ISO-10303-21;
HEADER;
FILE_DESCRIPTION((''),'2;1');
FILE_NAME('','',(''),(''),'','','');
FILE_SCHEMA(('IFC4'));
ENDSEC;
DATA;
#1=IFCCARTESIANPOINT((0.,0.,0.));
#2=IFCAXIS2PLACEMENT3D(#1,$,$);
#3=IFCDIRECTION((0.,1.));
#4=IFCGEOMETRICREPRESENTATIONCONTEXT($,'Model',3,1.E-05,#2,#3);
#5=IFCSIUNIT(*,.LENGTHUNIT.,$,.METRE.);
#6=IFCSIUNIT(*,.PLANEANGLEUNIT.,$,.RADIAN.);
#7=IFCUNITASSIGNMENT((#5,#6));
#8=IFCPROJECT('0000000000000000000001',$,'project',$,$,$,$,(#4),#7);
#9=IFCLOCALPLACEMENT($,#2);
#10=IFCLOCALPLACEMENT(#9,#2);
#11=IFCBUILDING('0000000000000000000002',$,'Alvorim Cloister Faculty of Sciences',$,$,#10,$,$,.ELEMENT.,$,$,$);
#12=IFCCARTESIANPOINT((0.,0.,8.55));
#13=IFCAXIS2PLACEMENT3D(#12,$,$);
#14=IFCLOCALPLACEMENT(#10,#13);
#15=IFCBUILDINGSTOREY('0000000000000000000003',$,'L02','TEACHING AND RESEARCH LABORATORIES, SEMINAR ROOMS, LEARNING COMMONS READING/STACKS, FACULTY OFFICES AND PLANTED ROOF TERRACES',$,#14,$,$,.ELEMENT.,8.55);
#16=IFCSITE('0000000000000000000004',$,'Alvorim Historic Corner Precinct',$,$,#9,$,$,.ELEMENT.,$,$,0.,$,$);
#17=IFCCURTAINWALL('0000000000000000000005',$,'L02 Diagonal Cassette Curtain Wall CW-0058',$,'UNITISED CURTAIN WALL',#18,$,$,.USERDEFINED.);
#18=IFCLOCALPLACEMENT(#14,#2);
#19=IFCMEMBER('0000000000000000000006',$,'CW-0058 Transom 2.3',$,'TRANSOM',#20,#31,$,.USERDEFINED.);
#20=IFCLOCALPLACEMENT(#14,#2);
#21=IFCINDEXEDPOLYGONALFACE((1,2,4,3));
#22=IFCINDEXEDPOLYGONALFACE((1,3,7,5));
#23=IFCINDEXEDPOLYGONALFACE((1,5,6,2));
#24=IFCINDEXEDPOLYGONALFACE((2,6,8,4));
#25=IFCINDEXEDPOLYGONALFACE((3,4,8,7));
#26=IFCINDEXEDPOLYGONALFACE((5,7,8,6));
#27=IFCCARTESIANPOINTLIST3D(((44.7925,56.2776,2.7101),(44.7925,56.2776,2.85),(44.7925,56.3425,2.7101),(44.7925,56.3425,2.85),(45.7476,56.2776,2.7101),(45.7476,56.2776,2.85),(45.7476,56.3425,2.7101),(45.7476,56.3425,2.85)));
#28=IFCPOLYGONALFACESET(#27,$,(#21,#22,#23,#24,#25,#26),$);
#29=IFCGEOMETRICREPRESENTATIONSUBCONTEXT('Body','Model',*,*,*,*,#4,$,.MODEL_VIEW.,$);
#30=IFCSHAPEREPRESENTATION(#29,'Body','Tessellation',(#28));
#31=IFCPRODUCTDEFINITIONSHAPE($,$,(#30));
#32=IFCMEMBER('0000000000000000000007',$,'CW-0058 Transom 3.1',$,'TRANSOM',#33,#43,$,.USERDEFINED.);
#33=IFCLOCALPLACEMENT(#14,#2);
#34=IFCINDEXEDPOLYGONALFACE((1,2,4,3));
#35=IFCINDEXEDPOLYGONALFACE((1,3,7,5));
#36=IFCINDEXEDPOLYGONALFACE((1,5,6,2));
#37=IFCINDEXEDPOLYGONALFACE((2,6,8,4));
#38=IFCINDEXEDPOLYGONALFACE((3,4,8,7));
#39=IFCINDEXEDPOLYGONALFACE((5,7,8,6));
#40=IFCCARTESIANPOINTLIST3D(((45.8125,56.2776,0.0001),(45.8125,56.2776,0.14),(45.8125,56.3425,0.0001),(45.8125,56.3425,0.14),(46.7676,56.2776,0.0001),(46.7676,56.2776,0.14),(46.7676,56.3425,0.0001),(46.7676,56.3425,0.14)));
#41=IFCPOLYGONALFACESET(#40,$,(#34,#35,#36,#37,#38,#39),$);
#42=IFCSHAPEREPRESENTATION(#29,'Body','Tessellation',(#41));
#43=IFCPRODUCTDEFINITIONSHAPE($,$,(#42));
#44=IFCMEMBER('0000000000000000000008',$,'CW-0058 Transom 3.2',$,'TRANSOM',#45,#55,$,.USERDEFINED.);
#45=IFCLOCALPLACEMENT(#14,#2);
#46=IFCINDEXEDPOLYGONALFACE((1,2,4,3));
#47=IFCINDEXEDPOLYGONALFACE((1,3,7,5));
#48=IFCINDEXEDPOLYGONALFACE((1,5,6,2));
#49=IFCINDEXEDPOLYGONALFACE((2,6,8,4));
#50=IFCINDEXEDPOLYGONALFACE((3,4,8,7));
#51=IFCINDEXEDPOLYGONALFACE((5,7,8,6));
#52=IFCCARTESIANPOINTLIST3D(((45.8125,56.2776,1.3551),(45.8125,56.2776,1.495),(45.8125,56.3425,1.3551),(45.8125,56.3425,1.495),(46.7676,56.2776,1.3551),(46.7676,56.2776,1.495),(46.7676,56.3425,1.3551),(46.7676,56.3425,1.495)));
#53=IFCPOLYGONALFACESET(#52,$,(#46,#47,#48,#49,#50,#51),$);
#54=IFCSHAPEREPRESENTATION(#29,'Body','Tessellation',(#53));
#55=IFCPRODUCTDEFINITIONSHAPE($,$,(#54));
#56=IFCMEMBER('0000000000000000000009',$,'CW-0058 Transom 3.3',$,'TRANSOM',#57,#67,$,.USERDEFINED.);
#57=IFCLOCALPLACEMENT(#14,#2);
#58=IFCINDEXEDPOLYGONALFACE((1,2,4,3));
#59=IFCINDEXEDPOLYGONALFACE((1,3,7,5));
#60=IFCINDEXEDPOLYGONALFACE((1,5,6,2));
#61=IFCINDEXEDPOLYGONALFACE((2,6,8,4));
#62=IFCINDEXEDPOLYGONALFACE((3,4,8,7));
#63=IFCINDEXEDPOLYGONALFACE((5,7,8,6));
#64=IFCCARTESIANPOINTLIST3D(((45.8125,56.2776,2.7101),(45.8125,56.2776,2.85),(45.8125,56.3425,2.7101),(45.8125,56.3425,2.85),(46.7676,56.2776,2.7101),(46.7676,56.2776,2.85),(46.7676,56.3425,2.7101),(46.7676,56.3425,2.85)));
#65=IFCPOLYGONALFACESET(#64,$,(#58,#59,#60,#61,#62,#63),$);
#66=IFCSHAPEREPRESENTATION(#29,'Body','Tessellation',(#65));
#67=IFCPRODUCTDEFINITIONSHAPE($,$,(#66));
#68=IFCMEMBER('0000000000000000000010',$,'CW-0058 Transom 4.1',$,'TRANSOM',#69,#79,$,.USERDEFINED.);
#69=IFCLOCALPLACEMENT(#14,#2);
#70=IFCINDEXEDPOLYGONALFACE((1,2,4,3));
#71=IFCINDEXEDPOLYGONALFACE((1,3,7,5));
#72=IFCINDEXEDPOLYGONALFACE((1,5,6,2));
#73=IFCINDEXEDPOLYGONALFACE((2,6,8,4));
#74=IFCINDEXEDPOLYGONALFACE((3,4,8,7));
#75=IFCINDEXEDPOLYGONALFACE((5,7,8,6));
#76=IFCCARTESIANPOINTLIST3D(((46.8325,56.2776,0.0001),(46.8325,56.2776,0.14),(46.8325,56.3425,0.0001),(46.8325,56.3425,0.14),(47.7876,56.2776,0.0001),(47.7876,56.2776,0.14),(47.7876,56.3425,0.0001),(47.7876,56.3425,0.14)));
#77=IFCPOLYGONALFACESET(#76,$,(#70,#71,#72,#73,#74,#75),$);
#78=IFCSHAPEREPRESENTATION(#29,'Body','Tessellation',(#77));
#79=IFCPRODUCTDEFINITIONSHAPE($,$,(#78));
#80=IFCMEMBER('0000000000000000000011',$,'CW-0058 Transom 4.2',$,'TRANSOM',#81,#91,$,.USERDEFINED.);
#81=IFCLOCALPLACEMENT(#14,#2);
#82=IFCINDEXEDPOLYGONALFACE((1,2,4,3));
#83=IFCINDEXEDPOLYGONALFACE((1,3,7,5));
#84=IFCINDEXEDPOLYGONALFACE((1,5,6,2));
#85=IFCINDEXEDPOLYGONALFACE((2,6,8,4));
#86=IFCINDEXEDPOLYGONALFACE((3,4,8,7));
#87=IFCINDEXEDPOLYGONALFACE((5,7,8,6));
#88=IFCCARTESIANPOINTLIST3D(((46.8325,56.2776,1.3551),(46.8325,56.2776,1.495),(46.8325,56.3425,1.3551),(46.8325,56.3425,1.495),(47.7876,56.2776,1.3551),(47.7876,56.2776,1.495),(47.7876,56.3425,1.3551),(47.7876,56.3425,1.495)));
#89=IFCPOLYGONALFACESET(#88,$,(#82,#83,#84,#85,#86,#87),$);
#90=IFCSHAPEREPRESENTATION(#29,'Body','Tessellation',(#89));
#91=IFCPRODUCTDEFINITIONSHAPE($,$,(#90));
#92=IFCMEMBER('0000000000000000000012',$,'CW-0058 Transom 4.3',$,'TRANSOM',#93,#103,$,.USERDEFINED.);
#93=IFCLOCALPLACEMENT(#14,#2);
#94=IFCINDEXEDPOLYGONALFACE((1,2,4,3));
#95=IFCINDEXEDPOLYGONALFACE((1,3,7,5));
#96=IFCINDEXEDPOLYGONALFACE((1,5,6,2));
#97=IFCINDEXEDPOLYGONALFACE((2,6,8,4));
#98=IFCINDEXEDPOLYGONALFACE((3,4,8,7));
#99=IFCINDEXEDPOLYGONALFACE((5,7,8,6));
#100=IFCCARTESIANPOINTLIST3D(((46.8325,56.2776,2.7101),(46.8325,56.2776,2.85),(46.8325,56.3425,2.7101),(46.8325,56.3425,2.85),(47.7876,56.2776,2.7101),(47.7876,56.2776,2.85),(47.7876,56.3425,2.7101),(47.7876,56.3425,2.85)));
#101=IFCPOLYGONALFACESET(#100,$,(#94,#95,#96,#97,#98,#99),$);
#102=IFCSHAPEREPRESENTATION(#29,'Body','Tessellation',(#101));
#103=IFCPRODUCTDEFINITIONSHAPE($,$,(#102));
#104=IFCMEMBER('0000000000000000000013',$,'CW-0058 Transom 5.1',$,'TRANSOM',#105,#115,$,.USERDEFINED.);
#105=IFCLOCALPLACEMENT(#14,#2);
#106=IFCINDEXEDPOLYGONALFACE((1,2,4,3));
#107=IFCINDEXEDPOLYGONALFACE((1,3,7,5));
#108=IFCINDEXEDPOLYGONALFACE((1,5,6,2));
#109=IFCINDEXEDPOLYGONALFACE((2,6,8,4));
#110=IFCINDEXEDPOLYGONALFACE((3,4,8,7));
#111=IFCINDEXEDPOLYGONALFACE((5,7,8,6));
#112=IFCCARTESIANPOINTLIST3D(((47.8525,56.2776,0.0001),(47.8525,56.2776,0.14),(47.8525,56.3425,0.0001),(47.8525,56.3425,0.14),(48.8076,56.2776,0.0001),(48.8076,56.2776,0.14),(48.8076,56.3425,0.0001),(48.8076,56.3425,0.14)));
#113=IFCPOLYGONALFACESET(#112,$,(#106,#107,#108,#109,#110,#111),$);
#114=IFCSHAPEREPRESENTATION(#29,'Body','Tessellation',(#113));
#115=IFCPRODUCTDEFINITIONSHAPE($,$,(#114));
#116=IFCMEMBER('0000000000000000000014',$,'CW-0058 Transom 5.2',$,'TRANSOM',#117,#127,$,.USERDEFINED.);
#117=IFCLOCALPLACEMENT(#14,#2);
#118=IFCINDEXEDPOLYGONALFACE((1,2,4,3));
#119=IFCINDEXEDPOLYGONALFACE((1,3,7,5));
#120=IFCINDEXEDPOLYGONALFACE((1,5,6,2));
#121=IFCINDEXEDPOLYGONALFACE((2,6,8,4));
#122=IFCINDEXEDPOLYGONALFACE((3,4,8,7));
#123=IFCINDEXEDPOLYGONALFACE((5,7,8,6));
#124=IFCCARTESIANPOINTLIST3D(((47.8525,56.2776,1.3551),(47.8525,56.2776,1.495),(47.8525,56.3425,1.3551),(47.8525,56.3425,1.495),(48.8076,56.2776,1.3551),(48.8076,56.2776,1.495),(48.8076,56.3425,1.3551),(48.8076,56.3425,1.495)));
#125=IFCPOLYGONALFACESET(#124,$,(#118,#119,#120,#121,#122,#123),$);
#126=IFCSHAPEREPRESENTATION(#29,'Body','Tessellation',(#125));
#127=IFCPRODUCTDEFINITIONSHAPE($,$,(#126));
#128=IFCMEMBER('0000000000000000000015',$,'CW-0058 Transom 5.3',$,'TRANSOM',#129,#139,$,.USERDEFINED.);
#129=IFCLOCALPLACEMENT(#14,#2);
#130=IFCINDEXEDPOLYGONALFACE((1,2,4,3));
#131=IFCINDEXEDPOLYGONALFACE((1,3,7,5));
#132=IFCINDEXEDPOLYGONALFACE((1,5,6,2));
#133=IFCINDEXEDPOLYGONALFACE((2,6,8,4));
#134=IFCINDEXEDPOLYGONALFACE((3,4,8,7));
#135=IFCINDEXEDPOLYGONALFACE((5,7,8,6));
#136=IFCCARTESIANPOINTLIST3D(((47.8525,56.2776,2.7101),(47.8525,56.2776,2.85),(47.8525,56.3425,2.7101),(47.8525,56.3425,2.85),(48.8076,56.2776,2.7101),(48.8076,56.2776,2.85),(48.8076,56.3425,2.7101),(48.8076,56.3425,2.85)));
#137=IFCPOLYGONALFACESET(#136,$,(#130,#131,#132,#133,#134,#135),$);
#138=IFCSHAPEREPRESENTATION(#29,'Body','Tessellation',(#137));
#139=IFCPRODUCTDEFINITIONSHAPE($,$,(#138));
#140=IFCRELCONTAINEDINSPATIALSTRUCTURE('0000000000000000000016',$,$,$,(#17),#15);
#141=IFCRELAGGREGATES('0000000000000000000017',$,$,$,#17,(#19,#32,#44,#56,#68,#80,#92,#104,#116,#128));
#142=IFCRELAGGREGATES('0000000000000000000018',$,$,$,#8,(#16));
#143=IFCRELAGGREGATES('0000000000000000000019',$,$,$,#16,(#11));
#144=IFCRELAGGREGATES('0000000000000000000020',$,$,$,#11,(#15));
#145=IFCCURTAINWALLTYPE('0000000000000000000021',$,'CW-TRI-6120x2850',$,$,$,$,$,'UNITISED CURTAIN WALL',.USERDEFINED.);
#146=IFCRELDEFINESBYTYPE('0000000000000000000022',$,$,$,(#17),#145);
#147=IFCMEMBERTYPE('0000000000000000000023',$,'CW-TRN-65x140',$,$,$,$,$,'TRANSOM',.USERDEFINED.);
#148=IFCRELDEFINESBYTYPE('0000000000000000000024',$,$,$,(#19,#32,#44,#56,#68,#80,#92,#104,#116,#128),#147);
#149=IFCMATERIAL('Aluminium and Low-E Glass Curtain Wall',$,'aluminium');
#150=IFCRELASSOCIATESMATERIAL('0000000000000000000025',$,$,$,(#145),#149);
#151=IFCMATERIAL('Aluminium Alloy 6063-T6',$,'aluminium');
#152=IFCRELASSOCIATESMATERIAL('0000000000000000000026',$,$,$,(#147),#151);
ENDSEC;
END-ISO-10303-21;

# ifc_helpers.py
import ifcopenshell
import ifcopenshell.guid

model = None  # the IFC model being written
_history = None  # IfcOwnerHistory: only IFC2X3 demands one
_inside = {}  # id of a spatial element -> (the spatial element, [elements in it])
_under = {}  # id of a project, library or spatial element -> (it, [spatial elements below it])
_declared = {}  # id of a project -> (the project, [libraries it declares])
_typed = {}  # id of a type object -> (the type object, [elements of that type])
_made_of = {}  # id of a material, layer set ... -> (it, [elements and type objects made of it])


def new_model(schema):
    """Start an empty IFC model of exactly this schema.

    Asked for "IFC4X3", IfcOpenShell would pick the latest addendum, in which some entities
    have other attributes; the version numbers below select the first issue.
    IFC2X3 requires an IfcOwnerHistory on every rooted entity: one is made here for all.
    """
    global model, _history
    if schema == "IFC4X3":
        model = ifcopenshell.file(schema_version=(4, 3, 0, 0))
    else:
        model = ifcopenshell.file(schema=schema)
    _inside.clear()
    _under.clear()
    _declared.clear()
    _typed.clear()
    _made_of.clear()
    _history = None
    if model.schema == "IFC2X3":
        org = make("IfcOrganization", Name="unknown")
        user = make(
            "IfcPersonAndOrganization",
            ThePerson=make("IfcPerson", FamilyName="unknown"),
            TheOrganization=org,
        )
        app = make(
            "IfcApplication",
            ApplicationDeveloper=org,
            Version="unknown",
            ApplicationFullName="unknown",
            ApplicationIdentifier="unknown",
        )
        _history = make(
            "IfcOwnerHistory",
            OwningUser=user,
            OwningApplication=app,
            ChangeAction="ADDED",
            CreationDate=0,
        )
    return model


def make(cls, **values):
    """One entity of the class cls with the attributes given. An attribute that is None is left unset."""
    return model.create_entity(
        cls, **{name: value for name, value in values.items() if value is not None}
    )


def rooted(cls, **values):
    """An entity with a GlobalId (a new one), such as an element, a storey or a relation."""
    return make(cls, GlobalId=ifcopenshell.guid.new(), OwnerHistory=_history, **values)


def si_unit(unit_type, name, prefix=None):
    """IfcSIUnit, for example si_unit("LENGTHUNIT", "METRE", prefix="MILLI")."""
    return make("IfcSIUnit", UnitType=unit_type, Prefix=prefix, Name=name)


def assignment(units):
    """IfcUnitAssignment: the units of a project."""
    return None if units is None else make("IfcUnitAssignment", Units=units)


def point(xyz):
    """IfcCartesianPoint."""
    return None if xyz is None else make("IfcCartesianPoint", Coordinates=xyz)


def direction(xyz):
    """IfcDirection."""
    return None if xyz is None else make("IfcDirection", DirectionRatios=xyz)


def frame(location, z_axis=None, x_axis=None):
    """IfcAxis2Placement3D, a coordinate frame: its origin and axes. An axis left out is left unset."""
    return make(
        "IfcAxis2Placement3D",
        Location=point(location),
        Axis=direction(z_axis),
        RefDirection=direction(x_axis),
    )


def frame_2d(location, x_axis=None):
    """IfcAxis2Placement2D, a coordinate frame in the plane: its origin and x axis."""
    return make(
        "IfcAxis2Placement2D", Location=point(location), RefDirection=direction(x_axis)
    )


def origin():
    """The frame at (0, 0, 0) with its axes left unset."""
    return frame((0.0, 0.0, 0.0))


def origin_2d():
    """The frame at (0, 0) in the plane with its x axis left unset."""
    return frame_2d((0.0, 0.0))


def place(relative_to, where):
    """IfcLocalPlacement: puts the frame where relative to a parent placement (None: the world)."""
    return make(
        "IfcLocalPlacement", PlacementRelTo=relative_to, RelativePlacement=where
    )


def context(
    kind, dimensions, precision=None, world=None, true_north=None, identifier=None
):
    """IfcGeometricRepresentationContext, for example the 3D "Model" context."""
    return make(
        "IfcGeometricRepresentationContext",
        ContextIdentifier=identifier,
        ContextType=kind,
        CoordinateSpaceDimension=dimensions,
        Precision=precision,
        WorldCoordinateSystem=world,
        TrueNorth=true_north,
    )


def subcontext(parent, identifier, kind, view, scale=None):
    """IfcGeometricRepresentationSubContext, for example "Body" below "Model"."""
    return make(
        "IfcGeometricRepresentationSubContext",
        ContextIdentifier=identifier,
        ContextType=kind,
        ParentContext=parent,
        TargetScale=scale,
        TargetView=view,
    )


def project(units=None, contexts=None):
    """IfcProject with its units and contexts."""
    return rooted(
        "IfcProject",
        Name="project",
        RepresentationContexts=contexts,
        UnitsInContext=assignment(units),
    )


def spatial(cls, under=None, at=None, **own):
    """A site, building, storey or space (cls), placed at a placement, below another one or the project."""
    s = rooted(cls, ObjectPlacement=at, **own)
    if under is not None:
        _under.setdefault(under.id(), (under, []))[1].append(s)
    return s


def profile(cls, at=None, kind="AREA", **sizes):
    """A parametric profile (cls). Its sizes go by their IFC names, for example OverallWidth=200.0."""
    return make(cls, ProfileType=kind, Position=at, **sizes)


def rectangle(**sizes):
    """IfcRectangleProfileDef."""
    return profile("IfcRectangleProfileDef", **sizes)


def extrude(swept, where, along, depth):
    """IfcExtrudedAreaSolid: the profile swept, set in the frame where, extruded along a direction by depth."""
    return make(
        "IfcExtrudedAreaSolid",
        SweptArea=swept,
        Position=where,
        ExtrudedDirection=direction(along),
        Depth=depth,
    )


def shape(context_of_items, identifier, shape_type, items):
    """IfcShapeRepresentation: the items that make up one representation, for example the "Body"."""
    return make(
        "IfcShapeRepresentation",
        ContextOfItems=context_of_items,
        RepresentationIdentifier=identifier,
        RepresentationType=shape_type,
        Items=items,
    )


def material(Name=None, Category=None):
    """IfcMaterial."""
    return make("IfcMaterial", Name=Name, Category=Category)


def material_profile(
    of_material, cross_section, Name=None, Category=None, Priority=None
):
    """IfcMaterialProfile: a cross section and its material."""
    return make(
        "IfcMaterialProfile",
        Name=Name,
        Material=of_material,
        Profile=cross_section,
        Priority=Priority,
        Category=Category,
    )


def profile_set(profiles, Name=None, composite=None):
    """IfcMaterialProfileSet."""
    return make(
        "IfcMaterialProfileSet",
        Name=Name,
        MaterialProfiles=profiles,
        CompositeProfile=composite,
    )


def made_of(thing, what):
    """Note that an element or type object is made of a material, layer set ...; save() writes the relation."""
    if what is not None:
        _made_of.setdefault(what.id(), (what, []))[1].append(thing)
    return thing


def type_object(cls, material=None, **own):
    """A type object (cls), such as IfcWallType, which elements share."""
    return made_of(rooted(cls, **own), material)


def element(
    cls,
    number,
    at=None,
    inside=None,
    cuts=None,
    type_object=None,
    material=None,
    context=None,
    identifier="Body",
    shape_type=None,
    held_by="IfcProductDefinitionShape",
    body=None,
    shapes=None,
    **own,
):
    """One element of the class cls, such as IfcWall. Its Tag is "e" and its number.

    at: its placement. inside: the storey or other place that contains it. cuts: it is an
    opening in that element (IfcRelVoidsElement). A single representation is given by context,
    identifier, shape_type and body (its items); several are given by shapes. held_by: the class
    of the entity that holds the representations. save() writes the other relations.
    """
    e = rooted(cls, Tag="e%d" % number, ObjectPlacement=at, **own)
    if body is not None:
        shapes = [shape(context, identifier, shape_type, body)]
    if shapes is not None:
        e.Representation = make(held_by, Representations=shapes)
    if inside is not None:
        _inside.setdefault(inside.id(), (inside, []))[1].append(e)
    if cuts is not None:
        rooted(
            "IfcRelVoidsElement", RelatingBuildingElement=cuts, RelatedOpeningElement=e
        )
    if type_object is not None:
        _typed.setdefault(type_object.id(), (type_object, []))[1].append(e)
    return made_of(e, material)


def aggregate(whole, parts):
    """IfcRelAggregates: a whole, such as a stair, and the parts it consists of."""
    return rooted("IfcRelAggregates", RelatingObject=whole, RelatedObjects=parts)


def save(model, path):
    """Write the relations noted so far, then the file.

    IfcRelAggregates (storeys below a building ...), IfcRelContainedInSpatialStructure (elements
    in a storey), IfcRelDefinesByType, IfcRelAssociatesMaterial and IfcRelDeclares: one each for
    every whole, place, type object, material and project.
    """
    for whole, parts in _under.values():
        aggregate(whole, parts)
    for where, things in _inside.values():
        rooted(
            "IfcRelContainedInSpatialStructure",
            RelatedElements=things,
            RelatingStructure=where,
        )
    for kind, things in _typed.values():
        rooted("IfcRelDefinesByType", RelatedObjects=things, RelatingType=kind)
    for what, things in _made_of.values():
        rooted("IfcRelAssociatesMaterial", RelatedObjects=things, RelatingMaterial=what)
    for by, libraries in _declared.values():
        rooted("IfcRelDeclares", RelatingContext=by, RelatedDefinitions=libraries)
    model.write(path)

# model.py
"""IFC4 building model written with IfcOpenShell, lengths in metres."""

from ifc_helpers import new_model, si_unit, direction, frame, origin, origin_2d, place, context, subcontext, project, spatial, rectangle, extrude, material, material_profile, profile_set, type_object, element, aggregate, save


model = new_model("IFC4")

# Units and contexts
model_context = context("Model", 3, precision=1e-05, world=origin(), true_north=direction((0.0, 1.0)))
body_context = subcontext(model_context, "Body", "Model", "MODEL_VIEW")
ifc_project = project(units=[si_unit("LENGTHUNIT", "METRE"), si_unit("PLANEANGLEUNIT", "RADIAN")], contexts=[model_context])

# Site, building, storey
site_placement = place(None, origin())
site = spatial("IfcSite", under=ifc_project, at=site_placement, Name="Alvorim Historic Corner Precinct", CompositionType="ELEMENT", RefElevation=0.0)
building_placement = place(site_placement, origin())
building = spatial("IfcBuilding", under=site, at=building_placement, Name="Alvorim Cloister Faculty of Sciences", CompositionType="ELEMENT")
storey_placement = place(building_placement, frame((0.0, 0.0, 8.55)))
storey = spatial("IfcBuildingStorey", under=building, at=storey_placement, Name="L02", Description="TEACHING AND RESEARCH LABORATORIES, SEMINAR ROOMS, LEARNING COMMONS READING/STACKS, FACULTY OFFICES AND PLANTED ROOF TERRACES", CompositionType="ELEMENT", Elevation=8.55)

# Shared definitions
ifc_material_1 = material(Name="Aluminium and Low-E Glass Curtain Wall", Category="aluminium")
curtain_wall_type = type_object("IfcCurtainWallType", Name="CW-TRI-6120x2850", ElementType="UNITISED CURTAIN WALL", PredefinedType="USERDEFINED", material=ifc_material_1)
ifc_material_2 = material(Name="Aluminium Alloy 6063-T6", Category="aluminium")

# Curtain wall
curtain_wall_1_placement = place(storey_placement, origin())
curtain_wall_1 = element("IfcCurtainWall", 1, at=curtain_wall_1_placement, inside=storey, type_object=curtain_wall_type, Name="L02 Diagonal Cassette Curtain Wall CW-0058", ObjectType="UNITISED CURTAIN WALL", PredefinedType="USERDEFINED")

# Members
ifc_material_profile_1 = material_profile(ifc_material_2, rectangle(XDim=0.0649, YDim=0.1399, at=origin_2d()), Name="ALU-TRN-65x140")
ifc_profile_set_1 = profile_set([ifc_material_profile_1], Name="Aluminium Alloy 6063-T6")
member_type_1 = type_object("IfcMemberType", Name="CW-TRN-65x140", ElementType="TRANSOM", PredefinedType="USERDEFINED", material=ifc_profile_set_1)
member_1_placement = place(storey_placement, frame((44.7925, 56.3101, 2.78), z_axis=(1.0, 0.0, 0.0), x_axis=(0.0, 1.0, 0.0)))
member_1 = element("IfcMember", 2, at=member_1_placement, type_object=member_type_1, Name="CW-0058 Transom 2.3", ObjectType="TRANSOM", PredefinedType="USERDEFINED", context=body_context, shape_type="SweptSolid", body=[
    extrude(rectangle(XDim=0.0649, YDim=0.1399, at=origin_2d()), origin(), (0.0, 0.0, 1.0), 0.9551),
])
member_2_placement = place(storey_placement, frame((45.8125, 56.3101, 0.0701), z_axis=(1.0, 0.0, 0.0), x_axis=(0.0, 1.0, 0.0)))
member_2 = element("IfcMember", 3, at=member_2_placement, type_object=member_type_1, Name="CW-0058 Transom 3.1", ObjectType="TRANSOM", PredefinedType="USERDEFINED", context=body_context, shape_type="SweptSolid", body=[
    extrude(rectangle(XDim=0.0649, YDim=0.1399, at=origin_2d()), origin(), (0.0, 0.0, 1.0), 0.9551),
])
member_3_placement = place(storey_placement, frame((45.8125, 56.3101, 1.425), z_axis=(1.0, 0.0, 0.0), x_axis=(0.0, 1.0, 0.0)))
member_3 = element("IfcMember", 4, at=member_3_placement, type_object=member_type_1, Name="CW-0058 Transom 3.2", ObjectType="TRANSOM", PredefinedType="USERDEFINED", context=body_context, shape_type="SweptSolid", body=[
    extrude(rectangle(XDim=0.0649, YDim=0.1399, at=origin_2d()), origin(), (0.0, 0.0, 1.0), 0.9551),
])
member_4_placement = place(storey_placement, frame((45.8125, 56.3101, 2.78), z_axis=(1.0, 0.0, 0.0), x_axis=(0.0, 1.0, 0.0)))
member_4 = element("IfcMember", 5, at=member_4_placement, type_object=member_type_1, Name="CW-0058 Transom 3.3", ObjectType="TRANSOM", PredefinedType="USERDEFINED", context=body_context, shape_type="SweptSolid", body=[
    extrude(rectangle(XDim=0.0649, YDim=0.1399, at=origin_2d()), origin(), (0.0, 0.0, 1.0), 0.9551),
])
member_5_placement = place(storey_placement, frame((46.8325, 56.3101, 0.0701), z_axis=(1.0, 0.0, 0.0), x_axis=(0.0, 1.0, 0.0)))
member_5 = element("IfcMember", 6, at=member_5_placement, type_object=member_type_1, Name="CW-0058 Transom 4.1", ObjectType="TRANSOM", PredefinedType="USERDEFINED", context=body_context, shape_type="SweptSolid", body=[
    extrude(rectangle(XDim=0.0649, YDim=0.1399, at=origin_2d()), origin(), (0.0, 0.0, 1.0), 0.9551),
])
member_6_placement = place(storey_placement, frame((46.8325, 56.3101, 1.425), z_axis=(1.0, 0.0, 0.0), x_axis=(0.0, 1.0, 0.0)))
member_6 = element("IfcMember", 7, at=member_6_placement, type_object=member_type_1, Name="CW-0058 Transom 4.2", ObjectType="TRANSOM", PredefinedType="USERDEFINED", context=body_context, shape_type="SweptSolid", body=[
    extrude(rectangle(XDim=0.0649, YDim=0.1399, at=origin_2d()), origin(), (0.0, 0.0, 1.0), 0.9551),
])
member_7_placement = place(storey_placement, frame((46.8325, 56.3101, 2.78), z_axis=(1.0, 0.0, 0.0), x_axis=(0.0, 1.0, 0.0)))
member_7 = element("IfcMember", 8, at=member_7_placement, type_object=member_type_1, Name="CW-0058 Transom 4.3", ObjectType="TRANSOM", PredefinedType="USERDEFINED", context=body_context, shape_type="SweptSolid", body=[
    extrude(rectangle(XDim=0.0649, YDim=0.1399, at=origin_2d()), origin(), (0.0, 0.0, 1.0), 0.9551),
])
member_8_placement = place(storey_placement, frame((47.8525, 56.3101, 0.0701), z_axis=(1.0, 0.0, 0.0), x_axis=(0.0, 1.0, 0.0)))
member_8 = element("IfcMember", 9, at=member_8_placement, type_object=member_type_1, Name="CW-0058 Transom 5.1", ObjectType="TRANSOM", PredefinedType="USERDEFINED", context=body_context, shape_type="SweptSolid", body=[
    extrude(rectangle(XDim=0.0649, YDim=0.1399, at=origin_2d()), origin(), (0.0, 0.0, 1.0), 0.9551),
])
member_9_placement = place(storey_placement, frame((47.8525, 56.3101, 1.425), z_axis=(1.0, 0.0, 0.0), x_axis=(0.0, 1.0, 0.0)))
member_9 = element("IfcMember", 10, at=member_9_placement, type_object=member_type_1, Name="CW-0058 Transom 5.2", ObjectType="TRANSOM", PredefinedType="USERDEFINED", context=body_context, shape_type="SweptSolid", body=[
    extrude(rectangle(XDim=0.0649, YDim=0.1399, at=origin_2d()), origin(), (0.0, 0.0, 1.0), 0.9551),
])
member_10_placement = place(storey_placement, frame((47.8525, 56.3101, 2.78), z_axis=(1.0, 0.0, 0.0), x_axis=(0.0, 1.0, 0.0)))
member_10 = element("IfcMember", 11, at=member_10_placement, type_object=member_type_1, Name="CW-0058 Transom 5.3", ObjectType="TRANSOM", PredefinedType="USERDEFINED", context=body_context, shape_type="SweptSolid", body=[
    extrude(rectangle(XDim=0.0649, YDim=0.1399, at=origin_2d()), origin(), (0.0, 0.0, 1.0), 0.9551),
])
aggregate(curtain_wall_1, [member_1, member_2, member_3, member_4, member_5, member_6, member_7, member_8, member_9, member_10])

save(model, "model.ifc")
